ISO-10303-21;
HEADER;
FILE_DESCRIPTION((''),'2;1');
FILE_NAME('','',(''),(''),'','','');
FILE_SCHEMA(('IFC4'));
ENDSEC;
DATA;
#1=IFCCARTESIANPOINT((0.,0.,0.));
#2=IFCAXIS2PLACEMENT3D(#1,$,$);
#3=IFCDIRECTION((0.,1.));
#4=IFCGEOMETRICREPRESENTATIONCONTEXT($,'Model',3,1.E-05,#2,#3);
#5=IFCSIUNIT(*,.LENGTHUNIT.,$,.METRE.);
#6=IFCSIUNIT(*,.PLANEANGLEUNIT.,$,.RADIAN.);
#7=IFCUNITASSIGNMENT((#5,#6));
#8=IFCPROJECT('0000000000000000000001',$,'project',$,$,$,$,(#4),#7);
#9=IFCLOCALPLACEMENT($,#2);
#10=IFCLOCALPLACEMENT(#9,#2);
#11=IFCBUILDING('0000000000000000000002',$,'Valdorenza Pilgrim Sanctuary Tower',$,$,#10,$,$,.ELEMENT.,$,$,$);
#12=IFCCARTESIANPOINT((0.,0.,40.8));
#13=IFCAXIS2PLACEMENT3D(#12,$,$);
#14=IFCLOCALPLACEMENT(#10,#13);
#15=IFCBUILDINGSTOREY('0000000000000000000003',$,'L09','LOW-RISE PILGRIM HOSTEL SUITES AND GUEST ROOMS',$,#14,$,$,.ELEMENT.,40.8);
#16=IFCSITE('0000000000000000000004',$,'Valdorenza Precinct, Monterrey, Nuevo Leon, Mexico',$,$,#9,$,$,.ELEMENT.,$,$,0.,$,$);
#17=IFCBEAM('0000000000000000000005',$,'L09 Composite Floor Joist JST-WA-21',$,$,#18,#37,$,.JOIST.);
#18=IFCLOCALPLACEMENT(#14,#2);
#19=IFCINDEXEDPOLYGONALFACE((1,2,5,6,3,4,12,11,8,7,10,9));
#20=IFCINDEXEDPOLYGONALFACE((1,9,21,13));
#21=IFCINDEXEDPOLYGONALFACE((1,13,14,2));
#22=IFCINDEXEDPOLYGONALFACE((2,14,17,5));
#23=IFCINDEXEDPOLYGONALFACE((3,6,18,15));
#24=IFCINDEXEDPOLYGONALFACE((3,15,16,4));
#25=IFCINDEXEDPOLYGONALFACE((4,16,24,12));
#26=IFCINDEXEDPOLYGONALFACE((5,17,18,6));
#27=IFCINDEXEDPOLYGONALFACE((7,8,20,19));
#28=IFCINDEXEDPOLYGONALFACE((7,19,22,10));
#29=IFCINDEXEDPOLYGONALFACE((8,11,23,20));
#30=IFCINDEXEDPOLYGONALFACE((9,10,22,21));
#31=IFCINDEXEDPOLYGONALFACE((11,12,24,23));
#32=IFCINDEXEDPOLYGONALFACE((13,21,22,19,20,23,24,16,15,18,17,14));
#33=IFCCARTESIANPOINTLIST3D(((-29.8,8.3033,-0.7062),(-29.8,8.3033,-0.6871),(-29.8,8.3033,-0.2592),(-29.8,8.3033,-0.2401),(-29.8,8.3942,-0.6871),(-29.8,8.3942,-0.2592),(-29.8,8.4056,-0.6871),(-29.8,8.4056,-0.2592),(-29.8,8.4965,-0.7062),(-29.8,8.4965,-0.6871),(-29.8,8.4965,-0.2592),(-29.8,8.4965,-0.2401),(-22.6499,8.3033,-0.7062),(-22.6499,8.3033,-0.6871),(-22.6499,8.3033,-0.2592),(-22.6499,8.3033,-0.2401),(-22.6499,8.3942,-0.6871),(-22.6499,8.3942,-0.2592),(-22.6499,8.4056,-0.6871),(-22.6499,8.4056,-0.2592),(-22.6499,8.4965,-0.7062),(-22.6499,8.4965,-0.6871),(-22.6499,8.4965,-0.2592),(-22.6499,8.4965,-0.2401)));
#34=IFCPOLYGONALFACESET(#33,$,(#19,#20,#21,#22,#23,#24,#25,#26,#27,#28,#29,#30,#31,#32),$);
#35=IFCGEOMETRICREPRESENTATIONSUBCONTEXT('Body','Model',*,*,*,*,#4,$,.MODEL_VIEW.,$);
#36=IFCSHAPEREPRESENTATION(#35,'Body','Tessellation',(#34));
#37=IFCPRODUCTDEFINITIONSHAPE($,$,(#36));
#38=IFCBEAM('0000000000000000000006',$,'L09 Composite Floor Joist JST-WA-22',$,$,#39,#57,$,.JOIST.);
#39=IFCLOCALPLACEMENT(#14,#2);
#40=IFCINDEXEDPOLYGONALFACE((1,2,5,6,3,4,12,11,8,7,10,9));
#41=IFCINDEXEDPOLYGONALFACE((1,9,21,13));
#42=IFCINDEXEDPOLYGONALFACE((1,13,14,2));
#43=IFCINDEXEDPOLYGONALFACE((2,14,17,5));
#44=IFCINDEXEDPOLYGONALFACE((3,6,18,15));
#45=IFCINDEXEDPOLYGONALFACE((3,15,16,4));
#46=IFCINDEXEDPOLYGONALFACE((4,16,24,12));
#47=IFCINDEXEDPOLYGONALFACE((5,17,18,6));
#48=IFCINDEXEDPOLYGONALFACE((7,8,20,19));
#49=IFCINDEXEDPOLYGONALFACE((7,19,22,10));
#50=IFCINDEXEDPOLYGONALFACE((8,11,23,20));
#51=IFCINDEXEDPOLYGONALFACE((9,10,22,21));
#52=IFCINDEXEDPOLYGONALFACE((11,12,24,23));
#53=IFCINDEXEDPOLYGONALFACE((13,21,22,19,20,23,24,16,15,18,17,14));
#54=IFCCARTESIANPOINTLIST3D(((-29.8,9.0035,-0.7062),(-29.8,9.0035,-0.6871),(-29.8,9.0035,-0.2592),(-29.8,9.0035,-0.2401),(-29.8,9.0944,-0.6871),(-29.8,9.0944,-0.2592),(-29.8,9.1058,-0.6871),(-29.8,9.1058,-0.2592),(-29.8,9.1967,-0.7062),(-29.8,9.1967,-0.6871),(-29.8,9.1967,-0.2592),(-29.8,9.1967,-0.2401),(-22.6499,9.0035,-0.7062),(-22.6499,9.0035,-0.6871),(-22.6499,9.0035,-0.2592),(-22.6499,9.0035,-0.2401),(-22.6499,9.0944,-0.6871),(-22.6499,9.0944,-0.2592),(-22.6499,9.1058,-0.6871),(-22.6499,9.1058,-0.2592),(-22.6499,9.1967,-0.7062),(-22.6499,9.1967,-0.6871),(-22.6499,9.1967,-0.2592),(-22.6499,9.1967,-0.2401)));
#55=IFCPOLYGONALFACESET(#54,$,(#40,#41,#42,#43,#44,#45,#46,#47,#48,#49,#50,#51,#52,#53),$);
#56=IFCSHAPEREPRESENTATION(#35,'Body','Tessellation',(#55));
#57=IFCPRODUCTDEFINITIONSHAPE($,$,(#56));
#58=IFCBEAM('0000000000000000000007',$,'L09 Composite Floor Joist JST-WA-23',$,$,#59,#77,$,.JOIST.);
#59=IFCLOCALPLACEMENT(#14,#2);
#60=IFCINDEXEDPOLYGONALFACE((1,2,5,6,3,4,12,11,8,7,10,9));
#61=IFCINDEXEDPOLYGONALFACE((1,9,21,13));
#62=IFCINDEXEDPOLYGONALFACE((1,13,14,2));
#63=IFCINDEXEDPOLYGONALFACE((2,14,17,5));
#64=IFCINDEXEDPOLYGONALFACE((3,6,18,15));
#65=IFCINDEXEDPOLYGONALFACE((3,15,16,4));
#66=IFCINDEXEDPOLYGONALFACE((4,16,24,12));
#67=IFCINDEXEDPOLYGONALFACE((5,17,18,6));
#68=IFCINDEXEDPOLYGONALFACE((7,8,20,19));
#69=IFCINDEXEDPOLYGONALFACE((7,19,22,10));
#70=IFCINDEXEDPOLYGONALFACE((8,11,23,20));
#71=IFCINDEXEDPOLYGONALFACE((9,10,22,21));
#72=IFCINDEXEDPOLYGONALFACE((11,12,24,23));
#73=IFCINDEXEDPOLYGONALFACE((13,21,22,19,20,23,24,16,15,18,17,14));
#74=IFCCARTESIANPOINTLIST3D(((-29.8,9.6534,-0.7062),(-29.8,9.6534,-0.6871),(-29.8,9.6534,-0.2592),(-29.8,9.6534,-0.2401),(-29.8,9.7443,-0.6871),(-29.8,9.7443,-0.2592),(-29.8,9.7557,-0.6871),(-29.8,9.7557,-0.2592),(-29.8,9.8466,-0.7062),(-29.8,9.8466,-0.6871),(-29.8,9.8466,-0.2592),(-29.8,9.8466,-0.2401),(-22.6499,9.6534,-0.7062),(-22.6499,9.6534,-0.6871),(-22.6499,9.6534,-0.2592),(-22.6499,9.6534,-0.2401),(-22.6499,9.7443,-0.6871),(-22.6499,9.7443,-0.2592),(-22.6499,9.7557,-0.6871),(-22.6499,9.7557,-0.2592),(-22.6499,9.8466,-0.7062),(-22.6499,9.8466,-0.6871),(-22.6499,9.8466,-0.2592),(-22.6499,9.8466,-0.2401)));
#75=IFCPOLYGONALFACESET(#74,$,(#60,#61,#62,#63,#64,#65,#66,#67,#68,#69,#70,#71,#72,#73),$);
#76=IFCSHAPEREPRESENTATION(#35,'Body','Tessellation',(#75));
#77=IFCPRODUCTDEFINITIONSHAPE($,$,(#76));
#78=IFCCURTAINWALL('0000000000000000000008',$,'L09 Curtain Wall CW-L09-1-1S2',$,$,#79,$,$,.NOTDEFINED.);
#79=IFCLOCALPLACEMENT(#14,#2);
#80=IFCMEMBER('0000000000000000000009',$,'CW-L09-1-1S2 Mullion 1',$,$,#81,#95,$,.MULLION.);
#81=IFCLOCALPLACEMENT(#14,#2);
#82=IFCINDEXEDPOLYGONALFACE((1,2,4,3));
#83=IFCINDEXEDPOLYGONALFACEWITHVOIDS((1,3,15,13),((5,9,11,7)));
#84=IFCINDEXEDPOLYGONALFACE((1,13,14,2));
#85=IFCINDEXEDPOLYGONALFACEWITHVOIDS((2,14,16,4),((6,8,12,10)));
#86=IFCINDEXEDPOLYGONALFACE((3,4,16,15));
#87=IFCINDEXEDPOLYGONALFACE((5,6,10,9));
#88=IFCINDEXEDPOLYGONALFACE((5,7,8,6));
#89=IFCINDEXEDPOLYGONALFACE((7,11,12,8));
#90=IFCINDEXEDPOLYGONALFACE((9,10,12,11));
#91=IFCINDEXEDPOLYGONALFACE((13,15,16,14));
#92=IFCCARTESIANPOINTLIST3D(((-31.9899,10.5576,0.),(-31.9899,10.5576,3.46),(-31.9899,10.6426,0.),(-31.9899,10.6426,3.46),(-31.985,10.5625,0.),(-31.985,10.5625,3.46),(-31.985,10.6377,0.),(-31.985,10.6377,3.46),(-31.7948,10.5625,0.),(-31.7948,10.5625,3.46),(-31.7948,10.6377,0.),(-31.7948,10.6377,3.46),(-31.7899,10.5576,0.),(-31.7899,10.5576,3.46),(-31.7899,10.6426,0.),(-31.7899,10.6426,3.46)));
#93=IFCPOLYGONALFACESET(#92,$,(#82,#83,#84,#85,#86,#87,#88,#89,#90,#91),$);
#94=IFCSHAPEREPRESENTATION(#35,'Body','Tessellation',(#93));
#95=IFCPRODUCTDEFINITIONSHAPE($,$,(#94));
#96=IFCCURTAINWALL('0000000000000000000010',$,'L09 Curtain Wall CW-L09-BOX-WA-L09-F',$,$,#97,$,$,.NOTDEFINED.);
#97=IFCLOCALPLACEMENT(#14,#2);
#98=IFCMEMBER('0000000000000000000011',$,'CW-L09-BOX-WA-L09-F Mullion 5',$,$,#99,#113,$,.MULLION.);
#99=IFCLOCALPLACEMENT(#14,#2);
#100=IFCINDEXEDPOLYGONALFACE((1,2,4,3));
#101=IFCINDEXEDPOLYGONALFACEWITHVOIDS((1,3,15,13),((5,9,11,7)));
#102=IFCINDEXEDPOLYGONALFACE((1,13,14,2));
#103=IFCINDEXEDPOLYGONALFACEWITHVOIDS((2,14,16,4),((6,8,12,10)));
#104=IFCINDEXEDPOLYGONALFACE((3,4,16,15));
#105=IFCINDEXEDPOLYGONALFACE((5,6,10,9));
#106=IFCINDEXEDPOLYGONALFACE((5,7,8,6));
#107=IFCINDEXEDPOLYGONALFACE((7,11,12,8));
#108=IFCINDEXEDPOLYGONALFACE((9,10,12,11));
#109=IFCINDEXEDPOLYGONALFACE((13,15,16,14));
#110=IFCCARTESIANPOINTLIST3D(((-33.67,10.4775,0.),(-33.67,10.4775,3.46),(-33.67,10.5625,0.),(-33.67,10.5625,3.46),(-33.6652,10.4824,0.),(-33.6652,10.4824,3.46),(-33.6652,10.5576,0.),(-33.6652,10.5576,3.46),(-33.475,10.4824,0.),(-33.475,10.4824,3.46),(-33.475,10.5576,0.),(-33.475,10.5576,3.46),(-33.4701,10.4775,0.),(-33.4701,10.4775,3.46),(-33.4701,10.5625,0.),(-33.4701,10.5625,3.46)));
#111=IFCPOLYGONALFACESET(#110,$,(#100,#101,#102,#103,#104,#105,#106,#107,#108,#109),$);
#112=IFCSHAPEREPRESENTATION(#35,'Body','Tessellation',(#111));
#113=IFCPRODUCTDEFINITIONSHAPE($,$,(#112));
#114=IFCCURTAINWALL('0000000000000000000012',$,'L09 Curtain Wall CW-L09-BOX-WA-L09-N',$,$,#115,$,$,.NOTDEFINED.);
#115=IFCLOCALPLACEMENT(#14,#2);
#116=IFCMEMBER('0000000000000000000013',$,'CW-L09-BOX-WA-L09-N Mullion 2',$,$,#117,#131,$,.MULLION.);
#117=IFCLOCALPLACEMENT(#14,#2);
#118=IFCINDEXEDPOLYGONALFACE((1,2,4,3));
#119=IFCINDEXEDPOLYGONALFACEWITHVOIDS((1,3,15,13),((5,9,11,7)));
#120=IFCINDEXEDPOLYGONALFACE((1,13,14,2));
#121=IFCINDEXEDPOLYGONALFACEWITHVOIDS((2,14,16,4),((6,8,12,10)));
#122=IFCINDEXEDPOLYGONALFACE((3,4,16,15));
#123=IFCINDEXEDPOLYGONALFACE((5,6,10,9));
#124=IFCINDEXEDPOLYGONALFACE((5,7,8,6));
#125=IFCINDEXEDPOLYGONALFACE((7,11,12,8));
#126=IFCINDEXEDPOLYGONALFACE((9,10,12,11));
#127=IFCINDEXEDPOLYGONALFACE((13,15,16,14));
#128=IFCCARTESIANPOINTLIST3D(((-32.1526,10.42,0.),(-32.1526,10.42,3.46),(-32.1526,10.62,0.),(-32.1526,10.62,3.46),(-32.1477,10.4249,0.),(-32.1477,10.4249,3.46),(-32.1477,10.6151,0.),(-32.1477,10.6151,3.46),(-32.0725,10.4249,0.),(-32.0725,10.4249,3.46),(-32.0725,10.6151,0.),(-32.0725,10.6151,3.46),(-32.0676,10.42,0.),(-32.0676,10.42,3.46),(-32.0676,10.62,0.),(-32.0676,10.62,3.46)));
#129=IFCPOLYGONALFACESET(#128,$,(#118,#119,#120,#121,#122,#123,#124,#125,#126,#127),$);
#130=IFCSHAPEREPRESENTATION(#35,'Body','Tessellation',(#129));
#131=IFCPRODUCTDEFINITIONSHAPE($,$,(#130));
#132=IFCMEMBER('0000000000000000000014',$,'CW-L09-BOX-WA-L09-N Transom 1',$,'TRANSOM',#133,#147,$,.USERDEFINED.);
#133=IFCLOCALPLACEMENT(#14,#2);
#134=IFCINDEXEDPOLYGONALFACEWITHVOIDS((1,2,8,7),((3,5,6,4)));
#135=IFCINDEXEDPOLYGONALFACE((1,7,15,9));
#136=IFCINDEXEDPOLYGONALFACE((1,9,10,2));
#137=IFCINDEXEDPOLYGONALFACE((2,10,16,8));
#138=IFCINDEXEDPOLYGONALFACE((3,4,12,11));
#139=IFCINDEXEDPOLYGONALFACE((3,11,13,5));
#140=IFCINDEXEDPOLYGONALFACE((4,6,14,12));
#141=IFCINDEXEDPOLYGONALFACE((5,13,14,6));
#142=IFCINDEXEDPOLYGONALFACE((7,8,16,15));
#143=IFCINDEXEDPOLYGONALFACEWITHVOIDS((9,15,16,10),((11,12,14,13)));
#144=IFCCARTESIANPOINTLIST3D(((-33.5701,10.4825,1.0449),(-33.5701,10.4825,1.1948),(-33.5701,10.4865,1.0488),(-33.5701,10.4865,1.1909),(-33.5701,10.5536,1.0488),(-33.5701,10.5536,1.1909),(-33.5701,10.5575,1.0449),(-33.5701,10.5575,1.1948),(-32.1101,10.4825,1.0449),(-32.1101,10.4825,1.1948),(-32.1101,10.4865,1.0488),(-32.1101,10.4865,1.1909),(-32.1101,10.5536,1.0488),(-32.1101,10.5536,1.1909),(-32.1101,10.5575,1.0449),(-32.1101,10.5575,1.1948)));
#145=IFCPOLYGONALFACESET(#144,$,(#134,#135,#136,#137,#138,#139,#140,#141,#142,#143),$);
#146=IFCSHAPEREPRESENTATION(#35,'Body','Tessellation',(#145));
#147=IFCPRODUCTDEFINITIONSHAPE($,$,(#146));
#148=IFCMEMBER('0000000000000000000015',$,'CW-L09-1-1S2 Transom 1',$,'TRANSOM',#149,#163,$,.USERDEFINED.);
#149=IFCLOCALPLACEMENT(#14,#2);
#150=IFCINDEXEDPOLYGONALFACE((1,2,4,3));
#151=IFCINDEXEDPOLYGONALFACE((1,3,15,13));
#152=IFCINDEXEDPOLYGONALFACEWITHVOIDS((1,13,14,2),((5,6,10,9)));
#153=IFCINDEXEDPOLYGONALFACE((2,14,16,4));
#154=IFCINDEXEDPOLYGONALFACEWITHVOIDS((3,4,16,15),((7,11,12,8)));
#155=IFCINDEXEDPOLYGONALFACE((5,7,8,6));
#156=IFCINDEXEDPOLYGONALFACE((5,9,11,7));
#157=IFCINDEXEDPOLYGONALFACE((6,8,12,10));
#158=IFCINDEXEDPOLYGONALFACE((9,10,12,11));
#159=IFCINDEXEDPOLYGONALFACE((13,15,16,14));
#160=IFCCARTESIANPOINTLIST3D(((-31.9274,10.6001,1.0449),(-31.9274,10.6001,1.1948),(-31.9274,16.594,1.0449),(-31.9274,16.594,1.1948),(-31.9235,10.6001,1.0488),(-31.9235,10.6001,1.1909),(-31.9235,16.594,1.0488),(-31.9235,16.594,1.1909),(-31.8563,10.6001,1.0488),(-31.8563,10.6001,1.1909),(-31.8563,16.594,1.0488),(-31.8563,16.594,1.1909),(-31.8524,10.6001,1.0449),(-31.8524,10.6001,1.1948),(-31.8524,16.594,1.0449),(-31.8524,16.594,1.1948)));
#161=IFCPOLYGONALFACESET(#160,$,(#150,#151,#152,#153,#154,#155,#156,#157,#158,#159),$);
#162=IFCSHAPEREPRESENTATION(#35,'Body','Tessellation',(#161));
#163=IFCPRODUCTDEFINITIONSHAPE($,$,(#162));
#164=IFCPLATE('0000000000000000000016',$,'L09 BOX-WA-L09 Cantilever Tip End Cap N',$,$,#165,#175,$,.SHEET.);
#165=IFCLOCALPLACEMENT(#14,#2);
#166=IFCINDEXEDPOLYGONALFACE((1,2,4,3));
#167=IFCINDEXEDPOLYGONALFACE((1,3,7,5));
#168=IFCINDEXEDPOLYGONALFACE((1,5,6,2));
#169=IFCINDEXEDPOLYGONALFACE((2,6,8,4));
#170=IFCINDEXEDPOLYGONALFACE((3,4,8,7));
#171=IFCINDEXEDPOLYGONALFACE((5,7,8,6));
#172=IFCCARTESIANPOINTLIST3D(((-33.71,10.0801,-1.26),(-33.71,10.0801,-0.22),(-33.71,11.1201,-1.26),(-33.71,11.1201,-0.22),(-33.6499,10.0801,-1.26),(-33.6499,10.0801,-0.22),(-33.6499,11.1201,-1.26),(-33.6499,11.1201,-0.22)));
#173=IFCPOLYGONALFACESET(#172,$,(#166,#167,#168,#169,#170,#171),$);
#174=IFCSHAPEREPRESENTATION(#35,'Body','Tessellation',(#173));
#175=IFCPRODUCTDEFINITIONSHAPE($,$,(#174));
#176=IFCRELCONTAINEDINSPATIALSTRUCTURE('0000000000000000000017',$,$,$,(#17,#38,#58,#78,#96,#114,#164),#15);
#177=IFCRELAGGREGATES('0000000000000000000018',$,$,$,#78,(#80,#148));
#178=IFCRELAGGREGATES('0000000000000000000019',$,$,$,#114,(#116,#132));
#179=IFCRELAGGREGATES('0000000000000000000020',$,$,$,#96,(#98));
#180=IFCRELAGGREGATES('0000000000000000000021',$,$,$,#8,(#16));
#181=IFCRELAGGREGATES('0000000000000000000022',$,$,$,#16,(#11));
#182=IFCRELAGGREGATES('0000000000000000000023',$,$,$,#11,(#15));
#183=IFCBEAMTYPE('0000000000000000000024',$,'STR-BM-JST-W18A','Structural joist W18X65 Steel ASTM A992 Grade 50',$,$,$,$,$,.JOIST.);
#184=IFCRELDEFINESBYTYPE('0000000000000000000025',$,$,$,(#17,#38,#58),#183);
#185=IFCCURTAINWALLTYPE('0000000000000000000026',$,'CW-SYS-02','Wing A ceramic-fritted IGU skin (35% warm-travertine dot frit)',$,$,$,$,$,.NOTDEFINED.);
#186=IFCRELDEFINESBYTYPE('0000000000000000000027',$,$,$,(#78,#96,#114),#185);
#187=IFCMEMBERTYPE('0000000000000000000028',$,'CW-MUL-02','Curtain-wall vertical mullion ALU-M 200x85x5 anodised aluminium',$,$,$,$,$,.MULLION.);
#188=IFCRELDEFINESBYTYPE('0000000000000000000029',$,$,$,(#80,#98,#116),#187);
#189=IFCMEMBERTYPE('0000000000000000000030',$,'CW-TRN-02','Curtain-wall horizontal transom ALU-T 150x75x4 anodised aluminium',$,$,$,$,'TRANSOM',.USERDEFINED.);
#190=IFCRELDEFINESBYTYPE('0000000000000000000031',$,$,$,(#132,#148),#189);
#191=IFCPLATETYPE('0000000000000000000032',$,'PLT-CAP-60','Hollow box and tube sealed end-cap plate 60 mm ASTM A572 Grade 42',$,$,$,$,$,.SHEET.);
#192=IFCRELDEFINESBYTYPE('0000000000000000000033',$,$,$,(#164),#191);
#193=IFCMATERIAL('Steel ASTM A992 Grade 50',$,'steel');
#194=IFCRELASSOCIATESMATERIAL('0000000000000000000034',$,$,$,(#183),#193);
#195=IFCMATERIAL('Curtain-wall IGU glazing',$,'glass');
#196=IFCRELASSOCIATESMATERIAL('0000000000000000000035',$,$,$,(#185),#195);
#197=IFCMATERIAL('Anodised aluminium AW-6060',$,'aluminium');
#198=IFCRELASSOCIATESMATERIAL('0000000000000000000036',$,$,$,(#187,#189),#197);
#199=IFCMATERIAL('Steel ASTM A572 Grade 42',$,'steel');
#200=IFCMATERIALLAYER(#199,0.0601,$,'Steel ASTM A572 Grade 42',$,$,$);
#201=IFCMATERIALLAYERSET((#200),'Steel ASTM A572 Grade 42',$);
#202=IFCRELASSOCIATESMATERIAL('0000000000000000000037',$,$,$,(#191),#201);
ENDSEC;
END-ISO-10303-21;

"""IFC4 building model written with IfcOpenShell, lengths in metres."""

from ifc_helpers import new_model, si_unit, direction, frame, origin, origin_2d, place, context, subcontext, project, spatial, rectangle, hollow_rectangle, i_section, extrude, source, transform, mapped, material, layer, layer_set, material_profile, profile_set, type_object, element, aggregate, save


model = new_model("IFC4")

# Units and contexts
model_context = context("Model", 3, precision=1e-05, world=origin(), true_north=direction((0.0, 1.0)))
body_context = subcontext(model_context, "Body", "Model", "MODEL_VIEW")
ifc_project = project(units=[si_unit("LENGTHUNIT", "METRE"), si_unit("PLANEANGLEUNIT", "RADIAN")], contexts=[model_context])

# Site, building, storey
site_placement = place(None, origin())
site = spatial("IfcSite", under=ifc_project, at=site_placement, Name="Valdorenza Precinct, Monterrey, Nuevo Leon, Mexico", CompositionType="ELEMENT", RefElevation=0.0)
building_placement = place(site_placement, origin())
building = spatial("IfcBuilding", under=site, at=building_placement, Name="Valdorenza Pilgrim Sanctuary Tower", CompositionType="ELEMENT")
storey_placement = place(building_placement, frame((0.0, 0.0, 40.8)))
storey = spatial("IfcBuildingStorey", under=building, at=storey_placement, Name="L09", Description="LOW-RISE PILGRIM HOSTEL SUITES AND GUEST ROOMS", CompositionType="ELEMENT", Elevation=40.8)

# Beams
ifc_material_1 = material(Name="Steel ASTM A992 Grade 50", Category="steel")
ifc_material_profile_1 = material_profile(ifc_material_1, i_section(OverallWidth=0.1931, OverallDepth=0.4661, WebThickness=0.0115, FlangeThickness=0.019, at=origin_2d()), Name="W18X65")
ifc_profile_set_1 = profile_set([ifc_material_profile_1], Name="Steel ASTM A992 Grade 50")
beam_type = type_object("IfcBeamType", Name="STR-BM-JST-W18A", Description="Structural joist W18X65 Steel ASTM A992 Grade 50", PredefinedType="JOIST", material=ifc_profile_set_1)
shared_shape_1 = source(origin(), body_context, "Body", "SweptSolid", [
    extrude(i_section(OverallWidth=0.1931, OverallDepth=0.4661, WebThickness=0.0115, FlangeThickness=0.019, at=origin_2d()), origin(), (0.0, 0.0, 1.0), 7.1501),
])
for number, where, z_axis, x_axis, name in (
    (1, (-29.8, 8.3999, -0.4731), (1.0, 0.0, 0.0), (0.0, 1.0, 0.0), "L09 Composite Floor Joist JST-WA-21"),
    (2, (-29.8, 9.1001, -0.4731), (1.0, 0.0, 0.0), (0.0, 1.0, 0.0), "L09 Composite Floor Joist JST-WA-22"),
    (3, (-29.8, 9.75, -0.4731), (1.0, 0.0, 0.0), (0.0, 1.0, 0.0), "L09 Composite Floor Joist JST-WA-23"),
):
    element("IfcBeam", number, at=place(storey_placement, frame(where, z_axis=z_axis, x_axis=x_axis)), inside=storey, type_object=beam_type, Name=name, PredefinedType="JOIST", context=body_context, shape_type="MappedRepresentation", body=[
        mapped(shared_shape_1, transform((0.0, 0.0, 0.0), x_axis=(1.0, 0.0, 0.0), y_axis=(0.0, 1.0, 0.0), z_axis=(0.0, 0.0, 1.0), scale=1.0)),
    ])

# Curtain walls, members
ifc_material_2 = material(Name="Curtain-wall IGU glazing", Category="glass")
curtain_wall_type = type_object("IfcCurtainWallType", Name="CW-SYS-02", Description="Wing A ceramic-fritted IGU skin (35% warm-travertine dot frit)", PredefinedType="NOTDEFINED", material=ifc_material_2)
curtain_wall_1_placement = place(storey_placement, origin())
curtain_wall_1 = element("IfcCurtainWall", 4, at=curtain_wall_1_placement, inside=storey, type_object=curtain_wall_type, Name="L09 Curtain Wall CW-L09-1-1S2", PredefinedType="NOTDEFINED")
ifc_material_3 = material(Name="Anodised aluminium AW-6060", Category="aluminium")
ifc_material_profile_2 = material_profile(ifc_material_3, hollow_rectangle(XDim=0.085, YDim=0.2, WallThickness=0.0049, at=origin_2d()), Name="ALU-M 200x85x5")
ifc_profile_set_2 = profile_set([ifc_material_profile_2], Name="Anodised aluminium AW-6060")
member_type_1 = type_object("IfcMemberType", Name="CW-MUL-02", Description="Curtain-wall vertical mullion ALU-M 200x85x5 anodised aluminium", PredefinedType="MULLION", material=ifc_profile_set_2)
shared_shape_2 = source(origin(), body_context, "Body", "SweptSolid", [
    extrude(hollow_rectangle(XDim=0.085, YDim=0.2, WallThickness=0.0049, at=origin_2d()), origin(), (0.0, 0.0, 1.0), 3.46),
])
member_1_placement = place(storey_placement, frame((-31.8899, 10.6001, 0.0), z_axis=(0.0, 0.0, 1.0), x_axis=(0.0, 1.0, 0.0)))
member_1 = element("IfcMember", 5, at=member_1_placement, type_object=member_type_1, Name="CW-L09-1-1S2 Mullion 1", PredefinedType="MULLION", context=body_context, shape_type="MappedRepresentation", body=[
    mapped(shared_shape_2, transform((0.0, 0.0, 0.0), x_axis=(1.0, 0.0, 0.0), y_axis=(0.0, 1.0, 0.0), z_axis=(0.0, 0.0, 1.0), scale=1.0)),
])
curtain_wall_2_placement = place(storey_placement, origin())
curtain_wall_2 = element("IfcCurtainWall", 6, at=curtain_wall_2_placement, inside=storey, type_object=curtain_wall_type, Name="L09 Curtain Wall CW-L09-BOX-WA-L09-F", PredefinedType="NOTDEFINED")
member_2_placement = place(storey_placement, frame((-33.5701, 10.52, 0.0), z_axis=(0.0, 0.0, 1.0), x_axis=(0.0, 1.0, 0.0)))
member_2 = element("IfcMember", 7, at=member_2_placement, type_object=member_type_1, Name="CW-L09-BOX-WA-L09-F Mullion 5", PredefinedType="MULLION", context=body_context, shape_type="MappedRepresentation", body=[
    mapped(shared_shape_2, transform((0.0, 0.0, 0.0), x_axis=(1.0, 0.0, 0.0), y_axis=(0.0, 1.0, 0.0), z_axis=(0.0, 0.0, 1.0), scale=1.0)),
])

# Curtain wall, members
curtain_wall_3_placement = place(storey_placement, origin())
curtain_wall_3 = element("IfcCurtainWall", 8, at=curtain_wall_3_placement, inside=storey, type_object=curtain_wall_type, Name="L09 Curtain Wall CW-L09-BOX-WA-L09-N", PredefinedType="NOTDEFINED")
member_3_placement = place(storey_placement, frame((-32.1101, 10.52, 0.0), z_axis=(0.0, 0.0, 1.0), x_axis=(1.0, 0.0, 0.0)))
member_3 = element("IfcMember", 9, at=member_3_placement, type_object=member_type_1, Name="CW-L09-BOX-WA-L09-N Mullion 2", PredefinedType="MULLION", context=body_context, shape_type="MappedRepresentation", body=[
    mapped(shared_shape_2, transform((0.0, 0.0, 0.0), x_axis=(1.0, 0.0, 0.0), y_axis=(0.0, 1.0, 0.0), z_axis=(0.0, 0.0, 1.0), scale=1.0)),
])
ifc_material_profile_3 = material_profile(ifc_material_3, hollow_rectangle(XDim=0.075, YDim=0.1499, WallThickness=0.0039, at=origin_2d()), Name="ALU-T 150x75x4")
ifc_profile_set_3 = profile_set([ifc_material_profile_3], Name="Anodised aluminium AW-6060")
member_type_2 = type_object("IfcMemberType", Name="CW-TRN-02", Description="Curtain-wall horizontal transom ALU-T 150x75x4 anodised aluminium", ElementType="TRANSOM", PredefinedType="USERDEFINED", material=ifc_profile_set_3)
shared_shape_3 = source(origin(), body_context, "Body", "SweptSolid", [
    extrude(hollow_rectangle(XDim=0.075, YDim=0.1499, WallThickness=0.0039, at=origin_2d()), origin(), (0.0, 0.0, 1.0), 1.46),
])
member_4_placement = place(storey_placement, frame((-33.5701, 10.52, 1.1199), z_axis=(1.0, 0.0, 0.0), x_axis=(0.0, 1.0, 0.0)))
member_4 = element("IfcMember", 10, at=member_4_placement, type_object=member_type_2, Name="CW-L09-BOX-WA-L09-N Transom 1", ObjectType="TRANSOM", PredefinedType="USERDEFINED", context=body_context, shape_type="MappedRepresentation", body=[
    mapped(shared_shape_3, transform((0.0, 0.0, 0.0), x_axis=(1.0, 0.0, 0.0), y_axis=(0.0, 1.0, 0.0), z_axis=(0.0, 0.0, 1.0), scale=1.0)),
])

# Member
shared_shape_4 = source(origin(), body_context, "Body", "SweptSolid", [
    extrude(hollow_rectangle(XDim=0.075, YDim=0.1499, WallThickness=0.0039, at=origin_2d()), origin(), (0.0, 0.0, 1.0), 5.9939),
])
member_5_placement = place(storey_placement, frame((-31.8899, 10.6001, 1.1199), z_axis=(0.0, 1.0, 0.0), x_axis=(-1.0, 0.0, 0.0)))
member_5 = element("IfcMember", 11, at=member_5_placement, type_object=member_type_2, Name="CW-L09-1-1S2 Transom 1", ObjectType="TRANSOM", PredefinedType="USERDEFINED", context=body_context, shape_type="MappedRepresentation", body=[
    mapped(shared_shape_4, transform((0.0, 0.0, 0.0), x_axis=(1.0, 0.0, 0.0), y_axis=(0.0, 1.0, 0.0), z_axis=(0.0, 0.0, 1.0), scale=1.0)),
])
aggregate(curtain_wall_1, [member_1, member_5])

# Plate
ifc_material_4 = material(Name="Steel ASTM A572 Grade 42", Category="steel")
ifc_layer_1 = layer(ifc_material_4, 0.0601, Name="Steel ASTM A572 Grade 42")
ifc_layer_set_1 = layer_set([ifc_layer_1], Name="Steel ASTM A572 Grade 42")
plate_type_1 = type_object("IfcPlateType", Name="PLT-CAP-60", Description="Hollow box and tube sealed end-cap plate 60 mm ASTM A572 Grade 42", PredefinedType="SHEET", material=ifc_layer_set_1)
shared_shape_5 = source(origin(), body_context, "Body", "SweptSolid", [
    extrude(rectangle(XDim=0.0601, YDim=1.04, at=origin_2d()), origin(), (0.0, 0.0, 1.0), 1.04),
])
plate_1_placement = place(storey_placement, frame((-33.6799, 10.6001, -1.26), z_axis=(0.0, 0.0, 1.0), x_axis=(1.0, 0.0, 0.0)))
element("IfcPlate", 12, at=plate_1_placement, inside=storey, type_object=plate_type_1, Name="L09 BOX-WA-L09 Cantilever Tip End Cap N", PredefinedType="SHEET", context=body_context, shape_type="MappedRepresentation", body=[
    mapped(shared_shape_5, transform((0.0, 0.0, 0.0), x_axis=(1.0, 0.0, 0.0), y_axis=(0.0, 1.0, 0.0), z_axis=(0.0, 0.0, 1.0), scale=1.0)),
])
aggregate(curtain_wall_3, [member_3, member_4])
aggregate(curtain_wall_2, [member_2])

save(model, "model.ifc")
